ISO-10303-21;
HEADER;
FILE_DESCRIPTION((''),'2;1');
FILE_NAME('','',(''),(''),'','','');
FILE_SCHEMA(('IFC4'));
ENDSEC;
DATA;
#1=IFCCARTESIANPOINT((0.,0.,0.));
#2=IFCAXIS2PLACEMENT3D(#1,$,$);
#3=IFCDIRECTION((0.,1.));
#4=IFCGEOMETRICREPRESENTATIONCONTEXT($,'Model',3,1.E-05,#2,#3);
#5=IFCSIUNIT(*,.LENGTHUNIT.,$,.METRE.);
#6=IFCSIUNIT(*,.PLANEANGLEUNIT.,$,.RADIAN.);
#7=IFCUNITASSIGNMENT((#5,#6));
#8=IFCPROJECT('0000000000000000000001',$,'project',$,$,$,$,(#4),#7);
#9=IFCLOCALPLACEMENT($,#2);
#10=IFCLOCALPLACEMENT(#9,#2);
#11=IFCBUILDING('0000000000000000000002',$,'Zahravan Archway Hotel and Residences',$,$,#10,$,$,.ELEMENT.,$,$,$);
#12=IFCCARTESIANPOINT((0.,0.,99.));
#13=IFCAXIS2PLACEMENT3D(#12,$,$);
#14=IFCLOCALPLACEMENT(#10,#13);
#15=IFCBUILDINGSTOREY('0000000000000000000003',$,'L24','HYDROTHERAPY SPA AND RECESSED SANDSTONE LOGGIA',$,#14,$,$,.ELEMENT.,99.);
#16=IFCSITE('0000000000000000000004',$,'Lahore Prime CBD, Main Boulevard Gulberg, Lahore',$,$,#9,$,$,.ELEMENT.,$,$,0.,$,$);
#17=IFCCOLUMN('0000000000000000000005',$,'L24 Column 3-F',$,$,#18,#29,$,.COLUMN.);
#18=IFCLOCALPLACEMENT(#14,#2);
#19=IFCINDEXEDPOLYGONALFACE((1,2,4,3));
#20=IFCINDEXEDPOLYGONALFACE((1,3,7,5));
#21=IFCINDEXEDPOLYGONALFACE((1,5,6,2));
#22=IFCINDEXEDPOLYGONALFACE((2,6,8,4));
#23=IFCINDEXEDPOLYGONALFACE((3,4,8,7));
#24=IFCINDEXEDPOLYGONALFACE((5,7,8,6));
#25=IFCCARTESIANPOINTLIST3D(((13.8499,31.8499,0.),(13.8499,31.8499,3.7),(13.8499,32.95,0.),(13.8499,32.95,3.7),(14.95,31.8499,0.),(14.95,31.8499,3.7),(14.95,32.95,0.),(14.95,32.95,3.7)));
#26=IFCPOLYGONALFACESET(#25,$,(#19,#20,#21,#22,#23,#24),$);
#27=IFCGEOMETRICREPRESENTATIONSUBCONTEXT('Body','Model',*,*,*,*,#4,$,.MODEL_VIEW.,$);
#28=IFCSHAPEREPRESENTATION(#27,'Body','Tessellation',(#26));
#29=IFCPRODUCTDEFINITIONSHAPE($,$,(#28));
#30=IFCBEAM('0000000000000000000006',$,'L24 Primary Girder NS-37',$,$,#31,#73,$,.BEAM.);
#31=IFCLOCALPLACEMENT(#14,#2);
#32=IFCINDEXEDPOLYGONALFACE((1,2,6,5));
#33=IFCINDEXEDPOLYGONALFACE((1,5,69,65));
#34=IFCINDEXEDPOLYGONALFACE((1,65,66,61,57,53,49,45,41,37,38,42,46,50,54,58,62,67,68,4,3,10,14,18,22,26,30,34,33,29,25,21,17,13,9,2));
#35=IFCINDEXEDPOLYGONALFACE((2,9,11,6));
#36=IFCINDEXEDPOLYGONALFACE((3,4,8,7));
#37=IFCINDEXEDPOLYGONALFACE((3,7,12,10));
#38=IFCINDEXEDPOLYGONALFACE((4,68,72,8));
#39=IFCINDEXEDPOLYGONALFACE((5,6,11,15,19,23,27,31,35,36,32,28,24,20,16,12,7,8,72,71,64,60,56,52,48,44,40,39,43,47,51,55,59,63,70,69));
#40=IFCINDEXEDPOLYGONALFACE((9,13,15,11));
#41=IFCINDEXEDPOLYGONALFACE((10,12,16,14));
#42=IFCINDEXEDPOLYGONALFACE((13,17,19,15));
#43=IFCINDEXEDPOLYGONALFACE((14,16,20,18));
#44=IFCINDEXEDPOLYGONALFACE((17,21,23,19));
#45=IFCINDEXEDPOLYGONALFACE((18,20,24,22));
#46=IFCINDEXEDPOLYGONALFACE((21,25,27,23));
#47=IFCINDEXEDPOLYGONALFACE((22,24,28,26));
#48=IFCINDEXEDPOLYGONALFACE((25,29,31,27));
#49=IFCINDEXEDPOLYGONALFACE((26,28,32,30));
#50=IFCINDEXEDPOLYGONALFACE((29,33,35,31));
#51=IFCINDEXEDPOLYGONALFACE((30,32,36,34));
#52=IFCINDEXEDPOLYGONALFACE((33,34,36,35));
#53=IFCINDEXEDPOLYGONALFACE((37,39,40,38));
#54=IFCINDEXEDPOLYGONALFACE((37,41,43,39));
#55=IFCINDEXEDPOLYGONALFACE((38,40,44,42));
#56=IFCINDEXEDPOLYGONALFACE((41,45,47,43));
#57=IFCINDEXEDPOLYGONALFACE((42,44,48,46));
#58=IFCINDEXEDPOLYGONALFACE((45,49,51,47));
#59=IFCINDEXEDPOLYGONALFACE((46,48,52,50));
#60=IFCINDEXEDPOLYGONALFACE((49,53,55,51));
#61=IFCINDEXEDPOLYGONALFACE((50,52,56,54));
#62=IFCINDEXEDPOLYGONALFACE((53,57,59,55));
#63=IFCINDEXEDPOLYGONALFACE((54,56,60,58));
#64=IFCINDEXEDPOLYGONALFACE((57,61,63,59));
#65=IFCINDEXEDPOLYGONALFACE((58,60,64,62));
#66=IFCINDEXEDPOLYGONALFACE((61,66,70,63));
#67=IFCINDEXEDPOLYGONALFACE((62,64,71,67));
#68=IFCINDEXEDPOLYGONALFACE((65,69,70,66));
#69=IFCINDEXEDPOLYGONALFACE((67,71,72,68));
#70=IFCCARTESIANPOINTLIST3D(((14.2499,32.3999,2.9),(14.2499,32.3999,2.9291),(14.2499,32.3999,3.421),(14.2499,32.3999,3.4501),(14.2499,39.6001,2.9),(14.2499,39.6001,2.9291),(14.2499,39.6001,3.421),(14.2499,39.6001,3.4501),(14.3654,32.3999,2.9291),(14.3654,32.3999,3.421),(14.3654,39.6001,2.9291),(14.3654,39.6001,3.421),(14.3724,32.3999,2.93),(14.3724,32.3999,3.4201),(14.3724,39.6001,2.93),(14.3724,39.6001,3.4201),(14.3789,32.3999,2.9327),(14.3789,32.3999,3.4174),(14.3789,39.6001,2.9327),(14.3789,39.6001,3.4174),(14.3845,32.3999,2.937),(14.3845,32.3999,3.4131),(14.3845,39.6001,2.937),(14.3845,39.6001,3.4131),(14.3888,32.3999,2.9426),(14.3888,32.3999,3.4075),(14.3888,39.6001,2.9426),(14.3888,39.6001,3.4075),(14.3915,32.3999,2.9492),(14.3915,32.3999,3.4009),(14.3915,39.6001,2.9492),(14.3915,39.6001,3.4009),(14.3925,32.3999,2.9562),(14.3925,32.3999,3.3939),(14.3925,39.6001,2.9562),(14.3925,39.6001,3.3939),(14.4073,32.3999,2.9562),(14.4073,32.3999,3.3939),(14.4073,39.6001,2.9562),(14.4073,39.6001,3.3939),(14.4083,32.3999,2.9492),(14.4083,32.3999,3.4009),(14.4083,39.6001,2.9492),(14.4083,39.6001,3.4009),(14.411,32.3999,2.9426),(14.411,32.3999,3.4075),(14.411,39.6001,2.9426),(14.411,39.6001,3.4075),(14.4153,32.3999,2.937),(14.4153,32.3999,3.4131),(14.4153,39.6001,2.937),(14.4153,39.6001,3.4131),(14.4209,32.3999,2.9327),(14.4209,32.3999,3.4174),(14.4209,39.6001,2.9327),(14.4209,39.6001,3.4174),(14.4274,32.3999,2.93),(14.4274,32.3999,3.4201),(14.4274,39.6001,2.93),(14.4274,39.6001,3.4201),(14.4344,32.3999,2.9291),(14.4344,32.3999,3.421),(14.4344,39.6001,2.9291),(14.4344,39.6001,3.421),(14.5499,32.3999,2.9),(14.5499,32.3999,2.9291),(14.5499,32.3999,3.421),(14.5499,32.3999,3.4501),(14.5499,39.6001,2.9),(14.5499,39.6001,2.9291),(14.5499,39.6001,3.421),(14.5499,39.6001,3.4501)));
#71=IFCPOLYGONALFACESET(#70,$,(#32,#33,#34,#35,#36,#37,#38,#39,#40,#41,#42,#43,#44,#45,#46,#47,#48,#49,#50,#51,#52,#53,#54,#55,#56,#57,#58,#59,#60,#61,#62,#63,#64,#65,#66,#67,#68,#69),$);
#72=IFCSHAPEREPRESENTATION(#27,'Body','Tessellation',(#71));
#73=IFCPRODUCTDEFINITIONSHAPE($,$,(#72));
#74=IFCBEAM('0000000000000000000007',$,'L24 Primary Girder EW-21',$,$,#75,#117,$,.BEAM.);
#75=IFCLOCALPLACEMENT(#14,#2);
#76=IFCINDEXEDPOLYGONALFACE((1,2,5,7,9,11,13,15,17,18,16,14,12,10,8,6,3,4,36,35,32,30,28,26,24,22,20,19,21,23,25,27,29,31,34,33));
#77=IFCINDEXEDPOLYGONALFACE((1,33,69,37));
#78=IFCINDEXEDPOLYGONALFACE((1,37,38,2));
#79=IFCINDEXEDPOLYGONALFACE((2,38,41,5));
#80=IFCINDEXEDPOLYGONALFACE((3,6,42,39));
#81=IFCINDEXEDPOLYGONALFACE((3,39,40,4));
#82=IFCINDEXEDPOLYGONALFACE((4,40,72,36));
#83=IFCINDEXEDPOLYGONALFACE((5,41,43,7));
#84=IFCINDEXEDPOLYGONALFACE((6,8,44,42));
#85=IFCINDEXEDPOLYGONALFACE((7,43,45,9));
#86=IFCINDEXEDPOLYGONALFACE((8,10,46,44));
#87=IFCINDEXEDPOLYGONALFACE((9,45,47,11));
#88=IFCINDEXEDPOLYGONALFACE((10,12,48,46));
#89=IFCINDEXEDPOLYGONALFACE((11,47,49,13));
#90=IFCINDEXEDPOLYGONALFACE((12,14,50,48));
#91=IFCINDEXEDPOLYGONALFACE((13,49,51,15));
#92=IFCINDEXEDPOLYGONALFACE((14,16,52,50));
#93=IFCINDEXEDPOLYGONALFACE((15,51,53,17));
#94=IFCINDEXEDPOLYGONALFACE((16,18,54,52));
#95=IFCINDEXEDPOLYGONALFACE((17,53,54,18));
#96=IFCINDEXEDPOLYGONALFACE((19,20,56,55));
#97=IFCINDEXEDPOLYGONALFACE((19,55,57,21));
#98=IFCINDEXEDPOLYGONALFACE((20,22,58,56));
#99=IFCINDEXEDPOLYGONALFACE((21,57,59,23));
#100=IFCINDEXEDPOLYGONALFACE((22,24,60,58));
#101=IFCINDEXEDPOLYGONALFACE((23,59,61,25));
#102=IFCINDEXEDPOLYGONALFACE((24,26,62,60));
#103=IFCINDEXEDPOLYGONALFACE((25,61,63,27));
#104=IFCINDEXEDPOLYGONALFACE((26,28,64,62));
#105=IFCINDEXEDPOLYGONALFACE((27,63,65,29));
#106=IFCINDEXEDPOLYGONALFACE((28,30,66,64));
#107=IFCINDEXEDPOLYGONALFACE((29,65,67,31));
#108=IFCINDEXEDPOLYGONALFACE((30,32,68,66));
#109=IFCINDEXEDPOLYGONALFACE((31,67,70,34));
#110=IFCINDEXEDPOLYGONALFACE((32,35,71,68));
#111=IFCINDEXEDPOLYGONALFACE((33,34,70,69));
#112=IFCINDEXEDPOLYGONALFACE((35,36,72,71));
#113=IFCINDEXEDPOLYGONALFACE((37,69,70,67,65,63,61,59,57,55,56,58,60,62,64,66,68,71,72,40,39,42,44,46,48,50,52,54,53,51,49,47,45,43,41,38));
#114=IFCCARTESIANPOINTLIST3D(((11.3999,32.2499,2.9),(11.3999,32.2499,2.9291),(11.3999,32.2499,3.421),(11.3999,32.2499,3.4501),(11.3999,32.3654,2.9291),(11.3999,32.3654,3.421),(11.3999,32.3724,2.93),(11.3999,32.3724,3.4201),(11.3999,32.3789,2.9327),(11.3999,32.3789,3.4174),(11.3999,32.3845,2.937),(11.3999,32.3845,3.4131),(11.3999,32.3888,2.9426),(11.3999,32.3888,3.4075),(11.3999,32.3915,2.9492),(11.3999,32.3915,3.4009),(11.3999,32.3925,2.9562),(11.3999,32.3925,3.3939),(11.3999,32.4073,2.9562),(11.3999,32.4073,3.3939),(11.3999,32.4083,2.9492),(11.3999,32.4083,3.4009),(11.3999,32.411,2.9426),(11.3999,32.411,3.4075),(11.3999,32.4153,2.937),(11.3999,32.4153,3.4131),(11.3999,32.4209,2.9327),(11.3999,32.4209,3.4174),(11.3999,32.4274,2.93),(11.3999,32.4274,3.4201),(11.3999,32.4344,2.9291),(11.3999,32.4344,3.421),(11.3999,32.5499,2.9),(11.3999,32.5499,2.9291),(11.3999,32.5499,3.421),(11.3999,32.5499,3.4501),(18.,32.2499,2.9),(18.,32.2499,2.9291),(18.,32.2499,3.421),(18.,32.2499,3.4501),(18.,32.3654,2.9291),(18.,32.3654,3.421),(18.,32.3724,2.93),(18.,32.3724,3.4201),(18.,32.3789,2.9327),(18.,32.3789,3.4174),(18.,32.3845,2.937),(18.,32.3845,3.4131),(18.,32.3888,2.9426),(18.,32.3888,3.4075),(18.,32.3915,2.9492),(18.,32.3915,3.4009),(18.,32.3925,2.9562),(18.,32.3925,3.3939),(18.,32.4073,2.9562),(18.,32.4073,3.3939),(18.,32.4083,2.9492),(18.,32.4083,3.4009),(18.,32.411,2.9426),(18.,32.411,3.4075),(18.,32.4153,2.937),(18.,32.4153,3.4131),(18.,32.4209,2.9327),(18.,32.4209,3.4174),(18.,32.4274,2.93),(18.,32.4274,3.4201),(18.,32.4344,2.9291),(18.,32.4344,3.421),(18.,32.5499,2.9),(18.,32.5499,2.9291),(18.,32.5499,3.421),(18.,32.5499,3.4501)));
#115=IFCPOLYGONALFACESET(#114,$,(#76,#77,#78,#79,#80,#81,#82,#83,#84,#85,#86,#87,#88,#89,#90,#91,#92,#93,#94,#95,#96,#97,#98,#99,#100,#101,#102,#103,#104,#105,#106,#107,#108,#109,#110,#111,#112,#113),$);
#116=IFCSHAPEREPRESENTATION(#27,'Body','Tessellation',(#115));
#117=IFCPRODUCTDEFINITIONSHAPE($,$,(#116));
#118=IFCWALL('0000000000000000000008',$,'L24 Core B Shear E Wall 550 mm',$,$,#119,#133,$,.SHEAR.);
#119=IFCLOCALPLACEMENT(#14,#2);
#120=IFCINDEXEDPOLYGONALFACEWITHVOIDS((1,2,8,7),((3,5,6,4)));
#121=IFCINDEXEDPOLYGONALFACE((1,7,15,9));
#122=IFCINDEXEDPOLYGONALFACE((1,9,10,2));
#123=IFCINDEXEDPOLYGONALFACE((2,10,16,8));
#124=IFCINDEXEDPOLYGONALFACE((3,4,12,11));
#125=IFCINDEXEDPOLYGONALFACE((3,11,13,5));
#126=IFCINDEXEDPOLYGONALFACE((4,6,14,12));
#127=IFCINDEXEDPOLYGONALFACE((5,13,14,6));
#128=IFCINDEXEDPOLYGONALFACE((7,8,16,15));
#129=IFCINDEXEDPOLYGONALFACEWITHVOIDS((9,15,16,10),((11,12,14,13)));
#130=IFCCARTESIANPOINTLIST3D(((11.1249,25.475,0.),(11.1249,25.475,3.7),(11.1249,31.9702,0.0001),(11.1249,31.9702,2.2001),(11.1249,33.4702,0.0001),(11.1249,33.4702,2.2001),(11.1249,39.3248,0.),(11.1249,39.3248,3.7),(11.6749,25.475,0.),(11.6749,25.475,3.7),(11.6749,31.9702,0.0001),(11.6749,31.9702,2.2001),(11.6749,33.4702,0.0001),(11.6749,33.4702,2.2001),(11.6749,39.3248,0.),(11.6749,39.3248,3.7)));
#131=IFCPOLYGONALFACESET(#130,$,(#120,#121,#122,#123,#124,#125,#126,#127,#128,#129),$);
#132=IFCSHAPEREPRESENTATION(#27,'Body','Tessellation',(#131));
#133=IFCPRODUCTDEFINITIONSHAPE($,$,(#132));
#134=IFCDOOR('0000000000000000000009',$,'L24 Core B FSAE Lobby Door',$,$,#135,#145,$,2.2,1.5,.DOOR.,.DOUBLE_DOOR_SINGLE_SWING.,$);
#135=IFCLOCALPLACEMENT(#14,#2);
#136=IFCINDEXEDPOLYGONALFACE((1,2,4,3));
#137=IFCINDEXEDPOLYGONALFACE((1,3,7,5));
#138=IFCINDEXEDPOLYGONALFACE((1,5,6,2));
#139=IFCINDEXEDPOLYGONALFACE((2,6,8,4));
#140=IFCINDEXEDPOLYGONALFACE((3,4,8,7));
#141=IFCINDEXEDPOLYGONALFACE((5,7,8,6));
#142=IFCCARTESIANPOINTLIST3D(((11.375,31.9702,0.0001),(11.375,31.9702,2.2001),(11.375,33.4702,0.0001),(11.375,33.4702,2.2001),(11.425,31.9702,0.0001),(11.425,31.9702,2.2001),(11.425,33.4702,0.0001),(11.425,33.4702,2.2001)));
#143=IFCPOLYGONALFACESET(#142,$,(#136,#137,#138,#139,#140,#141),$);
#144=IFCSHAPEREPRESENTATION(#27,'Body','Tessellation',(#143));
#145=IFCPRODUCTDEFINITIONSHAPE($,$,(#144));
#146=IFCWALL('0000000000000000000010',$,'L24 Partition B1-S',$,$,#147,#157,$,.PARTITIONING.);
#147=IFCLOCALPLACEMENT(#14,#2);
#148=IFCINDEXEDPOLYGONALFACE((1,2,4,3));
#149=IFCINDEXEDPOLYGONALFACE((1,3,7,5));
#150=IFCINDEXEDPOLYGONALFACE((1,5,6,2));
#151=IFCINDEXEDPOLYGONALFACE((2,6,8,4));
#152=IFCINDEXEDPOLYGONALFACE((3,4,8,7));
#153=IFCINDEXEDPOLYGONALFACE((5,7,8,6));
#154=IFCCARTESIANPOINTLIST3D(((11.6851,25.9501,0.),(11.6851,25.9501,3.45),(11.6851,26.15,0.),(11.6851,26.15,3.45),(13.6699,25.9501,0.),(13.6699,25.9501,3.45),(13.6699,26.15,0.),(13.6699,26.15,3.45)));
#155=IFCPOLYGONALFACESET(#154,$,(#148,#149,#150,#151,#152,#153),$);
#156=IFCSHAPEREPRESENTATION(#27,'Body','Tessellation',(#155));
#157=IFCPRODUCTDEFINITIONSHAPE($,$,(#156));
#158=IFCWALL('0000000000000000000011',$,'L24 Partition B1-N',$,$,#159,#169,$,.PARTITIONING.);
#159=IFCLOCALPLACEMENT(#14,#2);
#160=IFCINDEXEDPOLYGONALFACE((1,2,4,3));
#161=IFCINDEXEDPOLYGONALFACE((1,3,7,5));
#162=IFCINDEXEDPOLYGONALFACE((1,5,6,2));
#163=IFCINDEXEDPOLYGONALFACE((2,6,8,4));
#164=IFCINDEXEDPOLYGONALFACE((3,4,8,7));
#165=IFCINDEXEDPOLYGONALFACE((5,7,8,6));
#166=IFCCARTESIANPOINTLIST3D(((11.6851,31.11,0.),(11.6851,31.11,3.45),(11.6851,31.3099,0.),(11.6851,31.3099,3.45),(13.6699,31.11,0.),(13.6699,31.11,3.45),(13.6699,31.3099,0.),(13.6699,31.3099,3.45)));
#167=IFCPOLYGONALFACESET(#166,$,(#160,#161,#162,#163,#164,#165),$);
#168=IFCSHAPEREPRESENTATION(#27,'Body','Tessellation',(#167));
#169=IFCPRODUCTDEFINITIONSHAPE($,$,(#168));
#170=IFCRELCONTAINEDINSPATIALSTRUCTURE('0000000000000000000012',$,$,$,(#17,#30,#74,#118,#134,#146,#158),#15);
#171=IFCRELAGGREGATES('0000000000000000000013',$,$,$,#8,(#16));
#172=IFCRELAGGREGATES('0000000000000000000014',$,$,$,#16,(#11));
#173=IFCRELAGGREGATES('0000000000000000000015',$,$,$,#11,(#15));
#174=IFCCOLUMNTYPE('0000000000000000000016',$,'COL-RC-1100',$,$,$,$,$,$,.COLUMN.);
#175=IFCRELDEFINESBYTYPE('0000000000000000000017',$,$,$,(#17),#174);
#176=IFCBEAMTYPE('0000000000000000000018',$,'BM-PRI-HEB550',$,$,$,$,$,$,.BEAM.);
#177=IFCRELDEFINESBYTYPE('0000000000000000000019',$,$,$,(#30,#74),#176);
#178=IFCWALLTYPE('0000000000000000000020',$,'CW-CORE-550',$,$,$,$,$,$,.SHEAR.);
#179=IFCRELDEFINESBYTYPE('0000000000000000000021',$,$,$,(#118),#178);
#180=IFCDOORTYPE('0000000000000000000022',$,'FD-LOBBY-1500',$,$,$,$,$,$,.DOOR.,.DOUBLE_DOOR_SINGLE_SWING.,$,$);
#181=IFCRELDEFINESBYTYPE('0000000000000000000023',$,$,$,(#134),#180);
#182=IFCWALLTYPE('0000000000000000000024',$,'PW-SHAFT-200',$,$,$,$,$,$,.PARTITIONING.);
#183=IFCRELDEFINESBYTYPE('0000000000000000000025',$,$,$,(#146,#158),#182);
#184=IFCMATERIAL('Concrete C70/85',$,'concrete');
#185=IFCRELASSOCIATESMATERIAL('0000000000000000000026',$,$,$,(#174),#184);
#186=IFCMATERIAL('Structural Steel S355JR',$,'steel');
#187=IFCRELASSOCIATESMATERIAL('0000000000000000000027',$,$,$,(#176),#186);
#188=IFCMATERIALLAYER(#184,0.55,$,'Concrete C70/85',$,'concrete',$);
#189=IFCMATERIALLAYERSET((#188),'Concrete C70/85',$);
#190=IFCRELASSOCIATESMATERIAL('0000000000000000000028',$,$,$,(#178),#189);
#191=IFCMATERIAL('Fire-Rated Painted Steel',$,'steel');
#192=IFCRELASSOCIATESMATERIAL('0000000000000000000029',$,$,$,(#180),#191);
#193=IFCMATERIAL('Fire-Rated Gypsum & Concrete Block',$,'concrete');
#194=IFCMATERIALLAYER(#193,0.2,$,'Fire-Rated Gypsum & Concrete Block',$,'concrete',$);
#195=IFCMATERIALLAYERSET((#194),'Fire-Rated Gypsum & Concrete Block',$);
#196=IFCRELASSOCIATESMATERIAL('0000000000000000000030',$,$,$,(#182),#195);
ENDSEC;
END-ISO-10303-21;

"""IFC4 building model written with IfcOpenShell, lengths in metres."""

from ifc_helpers import new_model, si_unit, direction, frame, frame_2d, origin, origin_2d, place, context, subcontext, project, spatial, rectangle, i_section, extrude, source, transform, mapped, material, layer, layer_set, material_profile, profile_set, type_object, type_shapes, element, fill, save


model = new_model("IFC4")

# Units and contexts
model_context = context("Model", 3, precision=1e-05, world=origin(), true_north=direction((0.0, 1.0)))
body_context = subcontext(model_context, "Body", "Model", "MODEL_VIEW")
ifc_project = project(units=[si_unit("LENGTHUNIT", "METRE"), si_unit("PLANEANGLEUNIT", "RADIAN")], contexts=[model_context])

# Site, building, storey
site_placement = place(None, origin())
site = spatial("IfcSite", under=ifc_project, at=site_placement, Name="Lahore Prime CBD, Main Boulevard Gulberg, Lahore", CompositionType="ELEMENT", RefElevation=0.0)
building_placement = place(site_placement, origin())
building = spatial("IfcBuilding", under=site, at=building_placement, Name="Zahravan Archway Hotel and Residences", CompositionType="ELEMENT")
storey_placement = place(building_placement, frame((0.0, 0.0, 99.0)))
storey = spatial("IfcBuildingStorey", under=building, at=storey_placement, Name="L24", Description="HYDROTHERAPY SPA AND RECESSED SANDSTONE LOGGIA", CompositionType="ELEMENT", Elevation=99.0)

# Column
ifc_material_1 = material(Name="Concrete C70/85", Category="concrete")
ifc_material_profile_1 = material_profile(ifc_material_1, rectangle(XDim=1.1001, YDim=1.1001, at=origin_2d()), Name="RC 1100x1100", Category="concrete")
ifc_profile_set_1 = profile_set([ifc_material_profile_1], Name="Concrete C70/85")
column_type = type_object("IfcColumnType", Name="COL-RC-1100", PredefinedType="COLUMN", material=ifc_profile_set_1)
shared_shape_1 = source(origin(), body_context, "Body", "SweptSolid", [
    extrude(rectangle(XDim=1.1001, YDim=1.1001, at=origin_2d()), origin(), (0.0, 0.0, 1.0), 3.7),
])
column_placement = place(storey_placement, frame((14.3999, 32.3999, 0.0), z_axis=(0.0, 0.0, 1.0), x_axis=(1.0, 0.0, 0.0)))
element("IfcColumn", 1, at=column_placement, inside=storey, type_object=column_type, Name="L24 Column 3-F", PredefinedType="COLUMN", context=body_context, shape_type="MappedRepresentation", body=[
    mapped(shared_shape_1, transform((0.0, 0.0, 0.0), scale=1.0)),
])

# Beams
ifc_material_2 = material(Name="Structural Steel S355JR", Category="steel")
ifc_material_profile_2 = material_profile(ifc_material_2, i_section(OverallWidth=0.3, OverallDepth=0.55, WebThickness=0.0149, FlangeThickness=0.0291, FilletRadius=0.0271, at=origin_2d()), Name="HEB 550", Category="steel")
ifc_profile_set_2 = profile_set([ifc_material_profile_2], Name="Structural Steel S355JR")
beam_type = type_object("IfcBeamType", Name="BM-PRI-HEB550", PredefinedType="BEAM", material=ifc_profile_set_2)
shared_shape_2 = source(origin(), body_context, "Body", "SweptSolid", [
    extrude(i_section(OverallWidth=0.3, OverallDepth=0.55, WebThickness=0.0149, FlangeThickness=0.0291, FilletRadius=0.0271, at=origin_2d()), origin(), (0.0, 0.0, 1.0), 7.2002),
])
type_shapes(beam_type, [shared_shape_2])
beam_1_placement = place(storey_placement, frame((14.3999, 32.3999, 3.175), z_axis=(0.0, 1.0, 0.0), x_axis=(-1.0, 0.0, 0.0)))
element("IfcBeam", 2, at=beam_1_placement, inside=storey, type_object=beam_type, Name="L24 Primary Girder NS-37", PredefinedType="BEAM", context=body_context, shape_type="MappedRepresentation", body=[
    mapped(shared_shape_2, transform((0.0, 0.0, 0.0), scale=1.0)),
])
shared_shape_3 = source(origin(), body_context, "Body", "SweptSolid", [
    extrude(i_section(OverallWidth=0.3, OverallDepth=0.55, WebThickness=0.0149, FlangeThickness=0.0291, FilletRadius=0.0271, at=origin_2d()), origin(), (0.0, 0.0, 1.0), 6.6001),
])
beam_2_placement = place(storey_placement, frame((11.3999, 32.3999, 3.175), z_axis=(1.0, 0.0, 0.0), x_axis=(0.0, 1.0, 0.0)))
element("IfcBeam", 3, at=beam_2_placement, inside=storey, type_object=beam_type, Name="L24 Primary Girder EW-21", PredefinedType="BEAM", context=body_context, shape_type="MappedRepresentation", body=[
    mapped(shared_shape_3, transform((0.0, 0.0, 0.0), scale=1.0)),
])

# Wall, opening, door
ifc_layer_1 = layer(ifc_material_1, 0.55, Name="Concrete C70/85", Category="concrete")
ifc_layer_set_1 = layer_set([ifc_layer_1], Name="Concrete C70/85")
wall_type_1 = type_object("IfcWallType", Name="CW-CORE-550", PredefinedType="SHEAR", material=ifc_layer_set_1)
wall_1_placement = place(storey_placement, frame((11.3999, 25.4751, 0.0), z_axis=(0.0, 0.0, 1.0), x_axis=(0.0, 1.0, 0.0)))
wall_1 = element("IfcWall", 4, at=wall_1_placement, inside=storey, type_object=wall_type_1, Name="L24 Core B Shear E Wall 550 mm", PredefinedType="SHEAR", context=body_context, shape_type="SweptSolid", body=[
    extrude(rectangle(XDim=13.8499, YDim=0.55, at=frame_2d((6.9248, 0.0))), origin(), (0.0, 0.0, 1.0), 3.7),
])
opening_1_placement = place(wall_1_placement, frame((6.4951, 0.0, 0.0)))
opening_1 = element("IfcOpeningElement", 5, at=opening_1_placement, cuts=wall_1, PredefinedType="OPENING", context=body_context, shape_type="SweptSolid", body=[
    extrude(rectangle(XDim=1.5, YDim=2.2, at=frame_2d((0.75, 1.1001))), frame((0.0, 0.2852, 0.0), z_axis=(0.0, -1.0, 0.0), x_axis=(1.0, 0.0, 0.0)), (0.0, 0.0, 1.0), 0.5701),
])
ifc_material_3 = material(Name="Fire-Rated Painted Steel", Category="steel")
door_type_1 = type_object("IfcDoorType", Name="FD-LOBBY-1500", OperationType="DOUBLE_DOOR_SINGLE_SWING", PredefinedType="DOOR", material=ifc_material_3)
shared_shape_4 = source(origin(), body_context, "Body", "SweptSolid", [
    extrude(rectangle(XDim=1.5, YDim=2.2, at=frame_2d((0.75, 1.1001))), frame((0.0, 0.0249, 0.0), z_axis=(0.0, -1.0, 0.0), x_axis=(1.0, 0.0, 0.0)), (0.0, 0.0, 1.0), 0.05),
])
type_shapes(door_type_1, [shared_shape_4])
door_1_placement = place(opening_1_placement, origin())
door_1 = element("IfcDoor", 6, at=door_1_placement, inside=storey, type_object=door_type_1, Name="L24 Core B FSAE Lobby Door", OperationType="DOUBLE_DOOR_SINGLE_SWING", OverallHeight=2.2, OverallWidth=1.5, PredefinedType="DOOR", context=body_context, shape_type="MappedRepresentation", body=[
    mapped(shared_shape_4, transform((0.0, 0.0, 0.0), scale=1.0)),
])
fill(opening_1, door_1)

# Walls
ifc_material_4 = material(Name="Fire-Rated Gypsum & Concrete Block", Category="concrete")
ifc_layer_2 = layer(ifc_material_4, 0.2, Name="Fire-Rated Gypsum & Concrete Block", Category="concrete")
ifc_layer_set_2 = layer_set([ifc_layer_2], Name="Fire-Rated Gypsum & Concrete Block")
wall_type_2 = type_object("IfcWallType", Name="PW-SHAFT-200", PredefinedType="PARTITIONING", material=ifc_layer_set_2)
for number, where, z_axis, x_axis, name in (
    (7, (11.6851, 26.05, 0.0), (0.0, 0.0, 1.0), (1.0, 0.0, 0.0), "L24 Partition B1-S"),
    (8, (11.6851, 31.21, 0.0), (0.0, 0.0, 1.0), (1.0, 0.0, 0.0), "L24 Partition B1-N"),
):
    element("IfcWall", number, at=place(storey_placement, frame(where, z_axis=z_axis, x_axis=x_axis)), inside=storey, type_object=wall_type_2, Name=name, PredefinedType="PARTITIONING", context=body_context, shape_type="SweptSolid", body=[
        extrude(rectangle(XDim=1.9849, YDim=0.2, at=frame_2d((0.9924, 0.0))), origin(), (0.0, 0.0, 1.0), 3.45),
    ])

save(model, "model.ifc")
